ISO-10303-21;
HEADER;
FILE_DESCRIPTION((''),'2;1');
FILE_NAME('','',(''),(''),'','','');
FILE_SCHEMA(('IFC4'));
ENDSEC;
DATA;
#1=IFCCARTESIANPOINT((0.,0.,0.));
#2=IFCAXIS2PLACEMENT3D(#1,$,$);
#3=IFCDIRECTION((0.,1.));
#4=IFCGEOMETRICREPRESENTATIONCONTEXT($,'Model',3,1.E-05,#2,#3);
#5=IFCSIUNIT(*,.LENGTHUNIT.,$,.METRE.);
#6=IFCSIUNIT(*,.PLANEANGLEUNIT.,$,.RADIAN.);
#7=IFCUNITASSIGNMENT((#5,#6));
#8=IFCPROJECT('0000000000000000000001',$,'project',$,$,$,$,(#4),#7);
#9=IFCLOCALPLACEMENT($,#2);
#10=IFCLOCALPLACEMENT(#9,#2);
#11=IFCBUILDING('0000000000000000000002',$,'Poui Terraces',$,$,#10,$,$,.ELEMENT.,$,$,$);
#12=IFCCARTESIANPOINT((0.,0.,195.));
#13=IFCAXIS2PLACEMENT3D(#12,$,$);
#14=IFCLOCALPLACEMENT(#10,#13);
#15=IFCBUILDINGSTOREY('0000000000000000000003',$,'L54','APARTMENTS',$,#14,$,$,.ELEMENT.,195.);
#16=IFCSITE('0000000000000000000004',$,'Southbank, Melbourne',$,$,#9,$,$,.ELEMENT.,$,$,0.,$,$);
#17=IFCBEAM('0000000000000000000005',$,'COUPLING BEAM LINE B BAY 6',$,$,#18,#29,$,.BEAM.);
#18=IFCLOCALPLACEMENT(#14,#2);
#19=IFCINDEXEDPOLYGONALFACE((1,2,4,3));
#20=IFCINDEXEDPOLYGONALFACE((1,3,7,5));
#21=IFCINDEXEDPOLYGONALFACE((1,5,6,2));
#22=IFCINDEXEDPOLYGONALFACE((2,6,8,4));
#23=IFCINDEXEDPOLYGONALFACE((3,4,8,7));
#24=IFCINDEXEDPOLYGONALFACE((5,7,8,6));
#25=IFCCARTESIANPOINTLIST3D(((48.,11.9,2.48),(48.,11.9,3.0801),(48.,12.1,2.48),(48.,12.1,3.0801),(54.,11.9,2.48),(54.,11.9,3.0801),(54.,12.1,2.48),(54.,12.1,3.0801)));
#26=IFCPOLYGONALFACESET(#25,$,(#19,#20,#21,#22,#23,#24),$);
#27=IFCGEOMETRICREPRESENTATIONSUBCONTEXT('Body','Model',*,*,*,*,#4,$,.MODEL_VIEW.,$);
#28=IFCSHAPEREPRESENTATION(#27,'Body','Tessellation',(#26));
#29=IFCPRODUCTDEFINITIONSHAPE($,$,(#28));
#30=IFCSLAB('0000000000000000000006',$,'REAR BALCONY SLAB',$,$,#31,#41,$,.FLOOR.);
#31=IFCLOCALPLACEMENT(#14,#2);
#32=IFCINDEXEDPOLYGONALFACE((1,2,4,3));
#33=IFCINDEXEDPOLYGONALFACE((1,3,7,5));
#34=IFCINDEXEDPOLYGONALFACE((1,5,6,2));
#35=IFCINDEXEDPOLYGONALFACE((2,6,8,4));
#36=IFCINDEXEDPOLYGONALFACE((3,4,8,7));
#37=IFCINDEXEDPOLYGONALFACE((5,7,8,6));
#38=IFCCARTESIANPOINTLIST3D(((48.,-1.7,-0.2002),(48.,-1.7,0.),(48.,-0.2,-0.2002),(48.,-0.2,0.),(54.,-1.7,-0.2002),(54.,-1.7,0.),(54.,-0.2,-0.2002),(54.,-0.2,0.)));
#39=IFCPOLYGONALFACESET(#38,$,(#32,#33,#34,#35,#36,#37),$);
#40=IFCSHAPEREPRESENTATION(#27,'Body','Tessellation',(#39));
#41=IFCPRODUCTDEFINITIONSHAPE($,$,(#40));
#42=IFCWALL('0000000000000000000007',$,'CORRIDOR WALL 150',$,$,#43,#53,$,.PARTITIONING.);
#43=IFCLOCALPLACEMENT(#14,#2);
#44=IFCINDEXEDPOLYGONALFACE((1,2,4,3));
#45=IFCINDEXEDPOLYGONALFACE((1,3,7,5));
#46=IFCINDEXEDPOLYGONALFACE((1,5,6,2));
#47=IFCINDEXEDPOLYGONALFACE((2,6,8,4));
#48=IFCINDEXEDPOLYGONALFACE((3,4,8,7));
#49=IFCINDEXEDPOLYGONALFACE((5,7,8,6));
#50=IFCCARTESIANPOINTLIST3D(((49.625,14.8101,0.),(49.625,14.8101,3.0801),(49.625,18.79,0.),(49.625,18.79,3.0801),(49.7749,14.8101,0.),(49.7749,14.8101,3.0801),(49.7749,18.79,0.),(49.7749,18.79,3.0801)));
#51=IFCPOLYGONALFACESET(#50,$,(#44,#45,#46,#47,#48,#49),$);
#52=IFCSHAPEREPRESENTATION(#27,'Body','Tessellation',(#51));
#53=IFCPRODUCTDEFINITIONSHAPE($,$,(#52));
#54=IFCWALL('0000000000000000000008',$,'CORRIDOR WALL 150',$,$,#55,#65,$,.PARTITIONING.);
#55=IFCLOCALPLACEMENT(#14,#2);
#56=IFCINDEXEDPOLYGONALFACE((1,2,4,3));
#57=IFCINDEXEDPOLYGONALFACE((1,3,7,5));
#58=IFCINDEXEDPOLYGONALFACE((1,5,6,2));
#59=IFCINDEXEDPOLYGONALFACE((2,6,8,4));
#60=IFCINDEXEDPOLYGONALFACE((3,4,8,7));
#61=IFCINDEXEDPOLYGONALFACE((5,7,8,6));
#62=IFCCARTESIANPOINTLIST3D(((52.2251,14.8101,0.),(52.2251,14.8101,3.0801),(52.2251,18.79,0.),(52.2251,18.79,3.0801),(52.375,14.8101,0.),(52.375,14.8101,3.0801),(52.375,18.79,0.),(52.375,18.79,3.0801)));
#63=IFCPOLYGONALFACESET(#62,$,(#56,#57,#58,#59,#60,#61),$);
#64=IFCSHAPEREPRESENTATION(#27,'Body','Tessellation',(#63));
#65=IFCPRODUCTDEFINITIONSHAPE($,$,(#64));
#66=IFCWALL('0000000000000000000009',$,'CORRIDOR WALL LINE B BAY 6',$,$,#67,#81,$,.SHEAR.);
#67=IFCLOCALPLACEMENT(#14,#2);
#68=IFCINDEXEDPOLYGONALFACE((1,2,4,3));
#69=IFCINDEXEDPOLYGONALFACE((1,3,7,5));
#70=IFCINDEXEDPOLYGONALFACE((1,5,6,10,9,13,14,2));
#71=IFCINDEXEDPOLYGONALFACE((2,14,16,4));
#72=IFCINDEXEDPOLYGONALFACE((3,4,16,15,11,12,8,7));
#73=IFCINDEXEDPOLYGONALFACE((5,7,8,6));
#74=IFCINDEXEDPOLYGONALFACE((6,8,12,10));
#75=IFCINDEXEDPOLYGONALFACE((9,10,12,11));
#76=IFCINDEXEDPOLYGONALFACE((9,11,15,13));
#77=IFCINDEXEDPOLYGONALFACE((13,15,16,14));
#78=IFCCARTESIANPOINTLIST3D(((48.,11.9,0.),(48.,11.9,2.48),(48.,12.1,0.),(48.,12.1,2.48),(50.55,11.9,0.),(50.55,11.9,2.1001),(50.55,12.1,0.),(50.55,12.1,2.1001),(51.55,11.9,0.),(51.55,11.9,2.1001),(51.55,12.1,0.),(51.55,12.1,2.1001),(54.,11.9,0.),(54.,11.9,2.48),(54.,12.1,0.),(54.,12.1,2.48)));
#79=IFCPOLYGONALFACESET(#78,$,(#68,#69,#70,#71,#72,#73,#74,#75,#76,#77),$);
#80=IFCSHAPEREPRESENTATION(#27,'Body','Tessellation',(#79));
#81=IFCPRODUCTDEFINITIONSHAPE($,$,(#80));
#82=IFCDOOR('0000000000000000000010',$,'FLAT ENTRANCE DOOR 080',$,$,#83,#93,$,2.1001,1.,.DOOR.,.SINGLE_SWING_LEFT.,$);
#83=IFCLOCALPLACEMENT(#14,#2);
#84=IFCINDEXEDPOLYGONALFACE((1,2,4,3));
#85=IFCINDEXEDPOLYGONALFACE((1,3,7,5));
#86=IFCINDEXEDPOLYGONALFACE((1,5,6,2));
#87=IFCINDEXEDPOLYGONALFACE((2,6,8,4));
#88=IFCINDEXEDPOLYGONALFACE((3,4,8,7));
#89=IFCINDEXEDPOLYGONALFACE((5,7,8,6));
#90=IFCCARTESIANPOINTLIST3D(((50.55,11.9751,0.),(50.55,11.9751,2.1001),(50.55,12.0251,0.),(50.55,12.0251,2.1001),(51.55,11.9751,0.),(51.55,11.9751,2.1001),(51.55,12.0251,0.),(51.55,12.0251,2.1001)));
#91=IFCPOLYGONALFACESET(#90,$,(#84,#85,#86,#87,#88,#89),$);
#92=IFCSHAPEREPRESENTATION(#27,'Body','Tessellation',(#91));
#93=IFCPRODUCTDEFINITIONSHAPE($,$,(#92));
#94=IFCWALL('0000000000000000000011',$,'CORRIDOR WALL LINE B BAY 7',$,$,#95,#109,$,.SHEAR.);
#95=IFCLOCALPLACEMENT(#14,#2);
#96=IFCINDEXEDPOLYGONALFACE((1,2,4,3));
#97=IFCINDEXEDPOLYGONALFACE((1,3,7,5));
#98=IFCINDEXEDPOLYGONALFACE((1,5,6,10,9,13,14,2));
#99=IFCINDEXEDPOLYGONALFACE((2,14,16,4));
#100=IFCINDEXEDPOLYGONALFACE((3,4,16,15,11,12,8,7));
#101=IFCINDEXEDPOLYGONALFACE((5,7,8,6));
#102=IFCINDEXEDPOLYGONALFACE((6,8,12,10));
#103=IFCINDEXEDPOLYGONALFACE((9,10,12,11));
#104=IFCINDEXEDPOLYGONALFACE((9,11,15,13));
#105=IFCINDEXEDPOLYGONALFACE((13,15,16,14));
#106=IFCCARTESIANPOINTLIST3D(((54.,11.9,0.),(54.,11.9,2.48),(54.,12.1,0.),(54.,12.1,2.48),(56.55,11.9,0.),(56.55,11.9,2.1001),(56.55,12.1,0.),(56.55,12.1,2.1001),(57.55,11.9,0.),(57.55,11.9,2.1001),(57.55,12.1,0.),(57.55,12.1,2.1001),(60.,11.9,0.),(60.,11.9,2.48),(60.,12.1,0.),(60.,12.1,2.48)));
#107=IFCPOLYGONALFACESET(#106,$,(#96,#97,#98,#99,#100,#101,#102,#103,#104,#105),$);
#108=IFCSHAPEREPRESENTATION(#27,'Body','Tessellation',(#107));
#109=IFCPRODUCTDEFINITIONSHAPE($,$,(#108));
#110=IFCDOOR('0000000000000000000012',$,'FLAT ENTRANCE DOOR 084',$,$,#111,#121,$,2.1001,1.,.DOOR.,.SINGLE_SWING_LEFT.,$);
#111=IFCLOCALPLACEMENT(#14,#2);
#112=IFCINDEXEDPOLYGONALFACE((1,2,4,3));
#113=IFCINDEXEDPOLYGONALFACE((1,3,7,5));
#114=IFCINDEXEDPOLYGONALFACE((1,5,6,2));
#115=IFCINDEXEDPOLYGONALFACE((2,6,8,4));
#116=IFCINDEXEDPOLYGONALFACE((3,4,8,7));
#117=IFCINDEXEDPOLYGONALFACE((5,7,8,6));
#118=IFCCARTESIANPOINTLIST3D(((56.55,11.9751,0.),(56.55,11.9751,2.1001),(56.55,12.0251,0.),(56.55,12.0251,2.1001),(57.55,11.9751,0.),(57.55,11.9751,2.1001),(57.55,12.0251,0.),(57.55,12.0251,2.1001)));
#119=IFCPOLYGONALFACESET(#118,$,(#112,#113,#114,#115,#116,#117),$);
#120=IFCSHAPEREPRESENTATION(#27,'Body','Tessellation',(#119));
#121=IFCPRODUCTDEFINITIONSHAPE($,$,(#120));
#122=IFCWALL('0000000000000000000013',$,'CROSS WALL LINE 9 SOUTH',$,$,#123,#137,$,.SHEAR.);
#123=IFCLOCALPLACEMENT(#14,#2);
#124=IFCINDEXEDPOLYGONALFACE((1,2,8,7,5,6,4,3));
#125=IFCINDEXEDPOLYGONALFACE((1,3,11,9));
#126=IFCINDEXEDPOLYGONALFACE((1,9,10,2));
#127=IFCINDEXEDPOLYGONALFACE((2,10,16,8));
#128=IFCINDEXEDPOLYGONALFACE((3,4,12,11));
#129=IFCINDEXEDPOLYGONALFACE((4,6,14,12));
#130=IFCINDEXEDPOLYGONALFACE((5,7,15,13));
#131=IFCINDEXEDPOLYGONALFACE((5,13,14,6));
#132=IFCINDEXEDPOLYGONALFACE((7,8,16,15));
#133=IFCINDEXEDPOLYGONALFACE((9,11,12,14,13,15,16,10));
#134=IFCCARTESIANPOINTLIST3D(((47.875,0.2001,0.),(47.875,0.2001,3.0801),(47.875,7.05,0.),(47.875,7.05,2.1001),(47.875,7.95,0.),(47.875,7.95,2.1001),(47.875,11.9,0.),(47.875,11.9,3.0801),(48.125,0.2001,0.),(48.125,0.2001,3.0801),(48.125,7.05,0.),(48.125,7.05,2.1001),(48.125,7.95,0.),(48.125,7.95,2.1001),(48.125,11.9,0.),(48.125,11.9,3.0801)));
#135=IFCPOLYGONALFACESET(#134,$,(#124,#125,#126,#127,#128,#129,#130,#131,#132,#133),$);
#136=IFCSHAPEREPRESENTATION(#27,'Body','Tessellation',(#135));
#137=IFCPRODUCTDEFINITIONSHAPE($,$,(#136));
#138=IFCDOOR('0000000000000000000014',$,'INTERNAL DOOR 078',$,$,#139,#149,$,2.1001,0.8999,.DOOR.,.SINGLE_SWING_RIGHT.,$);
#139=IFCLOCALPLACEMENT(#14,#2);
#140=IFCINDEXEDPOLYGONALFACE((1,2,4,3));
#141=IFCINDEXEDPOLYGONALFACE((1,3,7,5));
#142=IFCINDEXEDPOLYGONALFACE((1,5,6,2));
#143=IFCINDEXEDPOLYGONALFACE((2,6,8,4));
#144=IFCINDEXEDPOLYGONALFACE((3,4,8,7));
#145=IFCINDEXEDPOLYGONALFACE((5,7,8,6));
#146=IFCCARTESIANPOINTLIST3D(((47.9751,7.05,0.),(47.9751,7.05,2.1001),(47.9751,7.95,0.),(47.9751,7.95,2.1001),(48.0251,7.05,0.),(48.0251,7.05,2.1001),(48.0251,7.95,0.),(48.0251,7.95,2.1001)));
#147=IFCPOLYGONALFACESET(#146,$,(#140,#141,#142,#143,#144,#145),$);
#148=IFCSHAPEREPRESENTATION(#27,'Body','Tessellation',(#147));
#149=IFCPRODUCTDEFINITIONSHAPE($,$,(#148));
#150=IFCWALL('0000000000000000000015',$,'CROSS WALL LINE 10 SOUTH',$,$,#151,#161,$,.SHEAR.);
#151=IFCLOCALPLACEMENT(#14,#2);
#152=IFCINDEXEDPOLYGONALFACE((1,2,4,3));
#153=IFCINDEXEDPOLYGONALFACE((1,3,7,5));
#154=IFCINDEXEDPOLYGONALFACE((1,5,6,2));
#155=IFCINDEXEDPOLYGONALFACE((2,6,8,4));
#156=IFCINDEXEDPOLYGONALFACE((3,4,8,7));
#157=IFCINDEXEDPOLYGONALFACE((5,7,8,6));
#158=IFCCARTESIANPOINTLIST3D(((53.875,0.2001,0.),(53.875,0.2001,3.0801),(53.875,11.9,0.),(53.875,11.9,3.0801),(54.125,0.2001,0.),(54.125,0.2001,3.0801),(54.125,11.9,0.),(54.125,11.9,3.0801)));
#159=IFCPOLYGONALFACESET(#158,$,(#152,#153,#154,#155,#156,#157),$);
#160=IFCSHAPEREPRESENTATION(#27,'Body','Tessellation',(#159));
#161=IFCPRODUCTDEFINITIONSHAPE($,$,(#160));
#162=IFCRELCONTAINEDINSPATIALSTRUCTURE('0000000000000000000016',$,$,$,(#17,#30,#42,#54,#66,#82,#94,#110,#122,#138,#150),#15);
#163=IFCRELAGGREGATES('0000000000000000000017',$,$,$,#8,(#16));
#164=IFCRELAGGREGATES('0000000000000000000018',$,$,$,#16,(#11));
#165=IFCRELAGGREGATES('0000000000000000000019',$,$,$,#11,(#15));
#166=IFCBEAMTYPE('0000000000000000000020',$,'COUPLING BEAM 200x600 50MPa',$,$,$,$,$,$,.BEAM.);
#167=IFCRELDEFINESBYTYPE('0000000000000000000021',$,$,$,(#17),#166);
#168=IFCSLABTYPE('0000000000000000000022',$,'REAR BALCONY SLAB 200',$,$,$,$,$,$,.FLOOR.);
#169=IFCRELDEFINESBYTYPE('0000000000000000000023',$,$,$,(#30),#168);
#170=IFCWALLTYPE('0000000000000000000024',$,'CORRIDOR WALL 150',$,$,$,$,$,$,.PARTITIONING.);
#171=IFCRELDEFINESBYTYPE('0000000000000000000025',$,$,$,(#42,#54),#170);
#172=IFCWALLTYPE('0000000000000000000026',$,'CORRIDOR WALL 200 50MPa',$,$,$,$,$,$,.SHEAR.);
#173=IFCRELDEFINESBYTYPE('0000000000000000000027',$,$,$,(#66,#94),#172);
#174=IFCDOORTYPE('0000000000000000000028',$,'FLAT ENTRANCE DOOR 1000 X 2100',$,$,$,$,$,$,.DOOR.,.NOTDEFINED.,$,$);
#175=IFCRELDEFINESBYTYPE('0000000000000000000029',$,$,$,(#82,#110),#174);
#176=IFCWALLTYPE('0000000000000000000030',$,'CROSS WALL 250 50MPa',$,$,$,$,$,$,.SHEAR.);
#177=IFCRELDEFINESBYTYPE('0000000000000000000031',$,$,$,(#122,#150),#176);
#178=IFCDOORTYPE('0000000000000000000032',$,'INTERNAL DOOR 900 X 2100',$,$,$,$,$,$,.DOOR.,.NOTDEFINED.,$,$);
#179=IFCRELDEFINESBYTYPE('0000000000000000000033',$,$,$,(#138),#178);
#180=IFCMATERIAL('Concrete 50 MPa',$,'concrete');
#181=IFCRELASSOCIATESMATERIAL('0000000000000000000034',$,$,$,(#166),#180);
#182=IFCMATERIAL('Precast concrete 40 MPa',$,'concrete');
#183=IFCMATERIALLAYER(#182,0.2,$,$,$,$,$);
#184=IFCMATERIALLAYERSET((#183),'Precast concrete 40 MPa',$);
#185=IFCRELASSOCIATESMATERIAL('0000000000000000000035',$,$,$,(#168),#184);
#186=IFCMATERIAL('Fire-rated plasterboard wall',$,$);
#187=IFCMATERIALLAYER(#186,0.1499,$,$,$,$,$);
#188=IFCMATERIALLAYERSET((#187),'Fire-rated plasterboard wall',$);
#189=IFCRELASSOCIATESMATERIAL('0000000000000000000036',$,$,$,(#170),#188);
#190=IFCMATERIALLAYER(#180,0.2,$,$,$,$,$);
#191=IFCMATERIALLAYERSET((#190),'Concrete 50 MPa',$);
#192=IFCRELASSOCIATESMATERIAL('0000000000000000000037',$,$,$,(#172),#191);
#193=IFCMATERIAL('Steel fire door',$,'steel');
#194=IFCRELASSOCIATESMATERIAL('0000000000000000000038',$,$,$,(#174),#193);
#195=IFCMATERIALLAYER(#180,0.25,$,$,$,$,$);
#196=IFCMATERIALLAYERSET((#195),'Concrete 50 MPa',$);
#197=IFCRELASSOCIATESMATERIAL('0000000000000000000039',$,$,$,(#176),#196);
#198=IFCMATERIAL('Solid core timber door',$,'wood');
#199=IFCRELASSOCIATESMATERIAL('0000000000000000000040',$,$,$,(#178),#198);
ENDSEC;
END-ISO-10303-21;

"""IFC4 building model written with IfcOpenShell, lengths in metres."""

from ifc_helpers import new_model, si_unit, direction, frame, frame_2d, origin, origin_2d, place, context, subcontext, project, spatial, polyline, rectangle, outline, extrude, source, transform, mapped, material, layer, layer_set, material_profile, profile_set, type_object, element, fill, save


model = new_model("IFC4")

# Units and contexts
model_context = context("Model", 3, precision=1e-05, world=origin(), true_north=direction((0.0, 1.0)))
body_context = subcontext(model_context, "Body", "Model", "MODEL_VIEW")
ifc_project = project(units=[si_unit("LENGTHUNIT", "METRE"), si_unit("PLANEANGLEUNIT", "RADIAN")], contexts=[model_context])

# Site, building, storey
site_placement = place(None, origin())
site = spatial("IfcSite", under=ifc_project, at=site_placement, Name="Southbank, Melbourne", CompositionType="ELEMENT", RefElevation=0.0)
building_placement = place(site_placement, origin())
building = spatial("IfcBuilding", under=site, at=building_placement, Name="Poui Terraces", CompositionType="ELEMENT")
storey_placement = place(building_placement, frame((0.0, 0.0, 195.0)))
storey = spatial("IfcBuildingStorey", under=building, at=storey_placement, Name="L54", Description="APARTMENTS", CompositionType="ELEMENT", Elevation=195.0)

# Beam
ifc_material_1 = material(Name="Concrete 50 MPa", Category="concrete")
ifc_material_profile_1 = material_profile(ifc_material_1, rectangle(XDim=0.2, YDim=0.6001, at=origin_2d()), Name="RC 200x600")
ifc_profile_set_1 = profile_set([ifc_material_profile_1], Name="Concrete 50 MPa")
beam_type = type_object("IfcBeamType", Name="COUPLING BEAM 200x600 50MPa", PredefinedType="BEAM", material=ifc_profile_set_1)
shared_shape_1 = source(origin(), body_context, "Body", "SweptSolid", [
    extrude(rectangle(XDim=0.2, YDim=0.6001, at=origin_2d()), origin(), (0.0, 0.0, 1.0), 6.0),
])
beam_placement = place(storey_placement, frame((48.0, 12.0, 2.78), z_axis=(1.0, 0.0, 0.0), x_axis=(0.0, 1.0, 0.0)))
element("IfcBeam", 1, at=beam_placement, inside=storey, type_object=beam_type, Name="COUPLING BEAM LINE B BAY 6", PredefinedType="BEAM", context=body_context, shape_type="MappedRepresentation", body=[
    mapped(shared_shape_1, transform((0.0, 0.0, 0.0))),
])

# Slab
ifc_material_2 = material(Name="Precast concrete 40 MPa", Category="concrete")
ifc_layer_1 = layer(ifc_material_2, 0.2)
ifc_layer_set_1 = layer_set([ifc_layer_1], Name="Precast concrete 40 MPa")
slab_type = type_object("IfcSlabType", Name="REAR BALCONY SLAB 200", PredefinedType="FLOOR", material=ifc_layer_set_1)
shared_shape_2 = source(origin(), body_context, "Body", "SweptSolid", [
    extrude(outline(polyline([(0.0, 0.0), (6.0, 0.0), (6.0, 1.5), (0.0, 1.5), (0.0, 0.0)])), origin(), (0.0, 0.0, 1.0), 0.2002),
])
slab_placement = place(storey_placement, frame((48.0, -1.7, -0.2002)))
element("IfcSlab", 2, at=slab_placement, inside=storey, type_object=slab_type, Name="REAR BALCONY SLAB", PredefinedType="FLOOR", context=body_context, shape_type="MappedRepresentation", body=[
    mapped(shared_shape_2, transform((0.0, 0.0, 0.0))),
])

# Walls
ifc_material_3 = material(Name="Fire-rated plasterboard wall")
ifc_layer_2 = layer(ifc_material_3, 0.1499)
ifc_layer_set_2 = layer_set([ifc_layer_2], Name="Fire-rated plasterboard wall")
wall_type_1 = type_object("IfcWallType", Name="CORRIDOR WALL 150", PredefinedType="PARTITIONING", material=ifc_layer_set_2)
for number, where, z_axis, x_axis, name in (
    (3, (49.7, 14.8101, 0.0), (0.0, 0.0, 1.0), (0.0, 1.0, 0.0), "CORRIDOR WALL 150"),
    (4, (52.3, 14.8101, 0.0), (0.0, 0.0, 1.0), (0.0, 1.0, 0.0), "CORRIDOR WALL 150"),
):
    element("IfcWall", number, at=place(storey_placement, frame(where, z_axis=z_axis, x_axis=x_axis)), inside=storey, type_object=wall_type_1, Name=name, PredefinedType="PARTITIONING", context=body_context, shape_type="SweptSolid", body=[
        extrude(rectangle(XDim=3.98, YDim=0.1499, at=frame_2d((1.99, 0.0))), origin(), (0.0, 0.0, 1.0), 3.0801),
    ])

# Walls, openings, doors
ifc_layer_3 = layer(ifc_material_1, 0.2)
ifc_layer_set_3 = layer_set([ifc_layer_3], Name="Concrete 50 MPa")
wall_type_2 = type_object("IfcWallType", Name="CORRIDOR WALL 200 50MPa", PredefinedType="SHEAR", material=ifc_layer_set_3)
wall_1_placement = place(storey_placement, frame((48.0, 12.0, 0.0), z_axis=(0.0, 0.0, 1.0), x_axis=(1.0, 0.0, 0.0)))
wall_1 = element("IfcWall", 5, at=wall_1_placement, inside=storey, type_object=wall_type_2, Name="CORRIDOR WALL LINE B BAY 6", PredefinedType="SHEAR", context=body_context, shape_type="SweptSolid", body=[
    extrude(rectangle(XDim=6.0, YDim=0.2, at=frame_2d((3.0, 0.0))), origin(), (0.0, 0.0, 1.0), 2.48),
])
opening_1_placement = place(wall_1_placement, frame((2.55, 0.0, 0.0)))
opening_1 = element("IfcOpeningElement", 6, at=opening_1_placement, cuts=wall_1, PredefinedType="OPENING", context=body_context, shape_type="SweptSolid", body=[
    extrude(rectangle(XDim=1.0, YDim=2.1001, at=frame_2d((0.5, 1.05))), frame((0.0, 0.1099, 0.0), z_axis=(0.0, -1.0, 0.0), x_axis=(1.0, 0.0, 0.0)), (0.0, 0.0, 1.0), 0.22),
])
ifc_material_4 = material(Name="Steel fire door", Category="steel")
door_type_1 = type_object("IfcDoorType", Name="FLAT ENTRANCE DOOR 1000 X 2100", OperationType="NOTDEFINED", PredefinedType="DOOR", material=ifc_material_4)
door_1_placement = place(opening_1_placement, frame((1.0, 0.0, 0.0), z_axis=(0.0, 0.0, 1.0), x_axis=(-1.0, 0.0, 0.0)))
door_1 = element("IfcDoor", 7, at=door_1_placement, inside=storey, type_object=door_type_1, Name="FLAT ENTRANCE DOOR 080", OperationType="SINGLE_SWING_LEFT", OverallHeight=2.1001, OverallWidth=1.0, PredefinedType="DOOR", context=body_context, shape_type="SweptSolid", body=[
    extrude(rectangle(XDim=1.0, YDim=2.1001, at=frame_2d((0.5, 1.05))), frame((0.0, 0.0249, 0.0), z_axis=(0.0, -1.0, 0.0), x_axis=(1.0, 0.0, 0.0)), (0.0, 0.0, 1.0), 0.05),
])
fill(opening_1, door_1)
wall_2_placement = place(storey_placement, frame((54.0, 12.0, 0.0), z_axis=(0.0, 0.0, 1.0), x_axis=(1.0, 0.0, 0.0)))
wall_2 = element("IfcWall", 8, at=wall_2_placement, inside=storey, type_object=wall_type_2, Name="CORRIDOR WALL LINE B BAY 7", PredefinedType="SHEAR", context=body_context, shape_type="SweptSolid", body=[
    extrude(rectangle(XDim=6.0, YDim=0.2, at=frame_2d((3.0, 0.0))), origin(), (0.0, 0.0, 1.0), 2.48),
])
opening_2_placement = place(wall_2_placement, frame((2.55, 0.0, 0.0)))
opening_2 = element("IfcOpeningElement", 9, at=opening_2_placement, cuts=wall_2, PredefinedType="OPENING", context=body_context, shape_type="SweptSolid", body=[
    extrude(rectangle(XDim=1.0, YDim=2.1001, at=frame_2d((0.5, 1.05))), frame((0.0, 0.1099, 0.0), z_axis=(0.0, -1.0, 0.0), x_axis=(1.0, 0.0, 0.0)), (0.0, 0.0, 1.0), 0.22),
])
door_2_placement = place(opening_2_placement, frame((1.0, 0.0, 0.0), z_axis=(0.0, 0.0, 1.0), x_axis=(-1.0, 0.0, 0.0)))
door_2 = element("IfcDoor", 10, at=door_2_placement, inside=storey, type_object=door_type_1, Name="FLAT ENTRANCE DOOR 084", OperationType="SINGLE_SWING_LEFT", OverallHeight=2.1001, OverallWidth=1.0, PredefinedType="DOOR", context=body_context, shape_type="SweptSolid", body=[
    extrude(rectangle(XDim=1.0, YDim=2.1001, at=frame_2d((0.5, 1.05))), frame((0.0, 0.0249, 0.0), z_axis=(0.0, -1.0, 0.0), x_axis=(1.0, 0.0, 0.0)), (0.0, 0.0, 1.0), 0.05),
])
fill(opening_2, door_2)
ifc_layer_4 = layer(ifc_material_1, 0.25)
ifc_layer_set_4 = layer_set([ifc_layer_4], Name="Concrete 50 MPa")
wall_type_3 = type_object("IfcWallType", Name="CROSS WALL 250 50MPa", PredefinedType="SHEAR", material=ifc_layer_set_4)
wall_3_placement = place(storey_placement, frame((48.0, 0.2, 0.0), z_axis=(0.0, 0.0, 1.0), x_axis=(0.0, 1.0, 0.0)))
wall_3 = element("IfcWall", 11, at=wall_3_placement, inside=storey, type_object=wall_type_3, Name="CROSS WALL LINE 9 SOUTH", PredefinedType="SHEAR", context=body_context, shape_type="SweptSolid", body=[
    extrude(rectangle(XDim=11.7, YDim=0.25, at=frame_2d((5.8501, 0.0))), origin(), (0.0, 0.0, 1.0), 3.0801),
])
opening_3_placement = place(wall_3_placement, frame((6.8501, 0.0, 0.0)))
opening_3 = element("IfcOpeningElement", 12, at=opening_3_placement, cuts=wall_3, PredefinedType="OPENING", context=body_context, shape_type="SweptSolid", body=[
    extrude(rectangle(XDim=0.8999, YDim=2.1001, at=frame_2d((0.45, 1.05))), frame((0.0, 0.135, 0.0), z_axis=(0.0, -1.0, 0.0), x_axis=(1.0, 0.0, 0.0)), (0.0, 0.0, 1.0), 0.27),
])
ifc_material_5 = material(Name="Solid core timber door", Category="wood")
door_type_2 = type_object("IfcDoorType", Name="INTERNAL DOOR 900 X 2100", OperationType="NOTDEFINED", PredefinedType="DOOR", material=ifc_material_5)
door_3_placement = place(opening_3_placement, origin())
door_3 = element("IfcDoor", 13, at=door_3_placement, inside=storey, type_object=door_type_2, Name="INTERNAL DOOR 078", OperationType="SINGLE_SWING_RIGHT", OverallHeight=2.1001, OverallWidth=0.8999, PredefinedType="DOOR", context=body_context, shape_type="SweptSolid", body=[
    extrude(rectangle(XDim=0.8999, YDim=2.1001, at=frame_2d((0.45, 1.05))), frame((0.0, 0.0249, 0.0), z_axis=(0.0, -1.0, 0.0), x_axis=(1.0, 0.0, 0.0)), (0.0, 0.0, 1.0), 0.05),
])
fill(opening_3, door_3)

# Wall
wall_4_placement = place(storey_placement, frame((54.0, 0.2, 0.0), z_axis=(0.0, 0.0, 1.0), x_axis=(0.0, 1.0, 0.0)))
element("IfcWall", 14, at=wall_4_placement, inside=storey, type_object=wall_type_3, Name="CROSS WALL LINE 10 SOUTH", PredefinedType="SHEAR", context=body_context, shape_type="SweptSolid", body=[
    extrude(rectangle(XDim=11.7, YDim=0.25, at=frame_2d((5.8501, 0.0))), origin(), (0.0, 0.0, 1.0), 3.0801),
])

save(model, "model.ifc")
